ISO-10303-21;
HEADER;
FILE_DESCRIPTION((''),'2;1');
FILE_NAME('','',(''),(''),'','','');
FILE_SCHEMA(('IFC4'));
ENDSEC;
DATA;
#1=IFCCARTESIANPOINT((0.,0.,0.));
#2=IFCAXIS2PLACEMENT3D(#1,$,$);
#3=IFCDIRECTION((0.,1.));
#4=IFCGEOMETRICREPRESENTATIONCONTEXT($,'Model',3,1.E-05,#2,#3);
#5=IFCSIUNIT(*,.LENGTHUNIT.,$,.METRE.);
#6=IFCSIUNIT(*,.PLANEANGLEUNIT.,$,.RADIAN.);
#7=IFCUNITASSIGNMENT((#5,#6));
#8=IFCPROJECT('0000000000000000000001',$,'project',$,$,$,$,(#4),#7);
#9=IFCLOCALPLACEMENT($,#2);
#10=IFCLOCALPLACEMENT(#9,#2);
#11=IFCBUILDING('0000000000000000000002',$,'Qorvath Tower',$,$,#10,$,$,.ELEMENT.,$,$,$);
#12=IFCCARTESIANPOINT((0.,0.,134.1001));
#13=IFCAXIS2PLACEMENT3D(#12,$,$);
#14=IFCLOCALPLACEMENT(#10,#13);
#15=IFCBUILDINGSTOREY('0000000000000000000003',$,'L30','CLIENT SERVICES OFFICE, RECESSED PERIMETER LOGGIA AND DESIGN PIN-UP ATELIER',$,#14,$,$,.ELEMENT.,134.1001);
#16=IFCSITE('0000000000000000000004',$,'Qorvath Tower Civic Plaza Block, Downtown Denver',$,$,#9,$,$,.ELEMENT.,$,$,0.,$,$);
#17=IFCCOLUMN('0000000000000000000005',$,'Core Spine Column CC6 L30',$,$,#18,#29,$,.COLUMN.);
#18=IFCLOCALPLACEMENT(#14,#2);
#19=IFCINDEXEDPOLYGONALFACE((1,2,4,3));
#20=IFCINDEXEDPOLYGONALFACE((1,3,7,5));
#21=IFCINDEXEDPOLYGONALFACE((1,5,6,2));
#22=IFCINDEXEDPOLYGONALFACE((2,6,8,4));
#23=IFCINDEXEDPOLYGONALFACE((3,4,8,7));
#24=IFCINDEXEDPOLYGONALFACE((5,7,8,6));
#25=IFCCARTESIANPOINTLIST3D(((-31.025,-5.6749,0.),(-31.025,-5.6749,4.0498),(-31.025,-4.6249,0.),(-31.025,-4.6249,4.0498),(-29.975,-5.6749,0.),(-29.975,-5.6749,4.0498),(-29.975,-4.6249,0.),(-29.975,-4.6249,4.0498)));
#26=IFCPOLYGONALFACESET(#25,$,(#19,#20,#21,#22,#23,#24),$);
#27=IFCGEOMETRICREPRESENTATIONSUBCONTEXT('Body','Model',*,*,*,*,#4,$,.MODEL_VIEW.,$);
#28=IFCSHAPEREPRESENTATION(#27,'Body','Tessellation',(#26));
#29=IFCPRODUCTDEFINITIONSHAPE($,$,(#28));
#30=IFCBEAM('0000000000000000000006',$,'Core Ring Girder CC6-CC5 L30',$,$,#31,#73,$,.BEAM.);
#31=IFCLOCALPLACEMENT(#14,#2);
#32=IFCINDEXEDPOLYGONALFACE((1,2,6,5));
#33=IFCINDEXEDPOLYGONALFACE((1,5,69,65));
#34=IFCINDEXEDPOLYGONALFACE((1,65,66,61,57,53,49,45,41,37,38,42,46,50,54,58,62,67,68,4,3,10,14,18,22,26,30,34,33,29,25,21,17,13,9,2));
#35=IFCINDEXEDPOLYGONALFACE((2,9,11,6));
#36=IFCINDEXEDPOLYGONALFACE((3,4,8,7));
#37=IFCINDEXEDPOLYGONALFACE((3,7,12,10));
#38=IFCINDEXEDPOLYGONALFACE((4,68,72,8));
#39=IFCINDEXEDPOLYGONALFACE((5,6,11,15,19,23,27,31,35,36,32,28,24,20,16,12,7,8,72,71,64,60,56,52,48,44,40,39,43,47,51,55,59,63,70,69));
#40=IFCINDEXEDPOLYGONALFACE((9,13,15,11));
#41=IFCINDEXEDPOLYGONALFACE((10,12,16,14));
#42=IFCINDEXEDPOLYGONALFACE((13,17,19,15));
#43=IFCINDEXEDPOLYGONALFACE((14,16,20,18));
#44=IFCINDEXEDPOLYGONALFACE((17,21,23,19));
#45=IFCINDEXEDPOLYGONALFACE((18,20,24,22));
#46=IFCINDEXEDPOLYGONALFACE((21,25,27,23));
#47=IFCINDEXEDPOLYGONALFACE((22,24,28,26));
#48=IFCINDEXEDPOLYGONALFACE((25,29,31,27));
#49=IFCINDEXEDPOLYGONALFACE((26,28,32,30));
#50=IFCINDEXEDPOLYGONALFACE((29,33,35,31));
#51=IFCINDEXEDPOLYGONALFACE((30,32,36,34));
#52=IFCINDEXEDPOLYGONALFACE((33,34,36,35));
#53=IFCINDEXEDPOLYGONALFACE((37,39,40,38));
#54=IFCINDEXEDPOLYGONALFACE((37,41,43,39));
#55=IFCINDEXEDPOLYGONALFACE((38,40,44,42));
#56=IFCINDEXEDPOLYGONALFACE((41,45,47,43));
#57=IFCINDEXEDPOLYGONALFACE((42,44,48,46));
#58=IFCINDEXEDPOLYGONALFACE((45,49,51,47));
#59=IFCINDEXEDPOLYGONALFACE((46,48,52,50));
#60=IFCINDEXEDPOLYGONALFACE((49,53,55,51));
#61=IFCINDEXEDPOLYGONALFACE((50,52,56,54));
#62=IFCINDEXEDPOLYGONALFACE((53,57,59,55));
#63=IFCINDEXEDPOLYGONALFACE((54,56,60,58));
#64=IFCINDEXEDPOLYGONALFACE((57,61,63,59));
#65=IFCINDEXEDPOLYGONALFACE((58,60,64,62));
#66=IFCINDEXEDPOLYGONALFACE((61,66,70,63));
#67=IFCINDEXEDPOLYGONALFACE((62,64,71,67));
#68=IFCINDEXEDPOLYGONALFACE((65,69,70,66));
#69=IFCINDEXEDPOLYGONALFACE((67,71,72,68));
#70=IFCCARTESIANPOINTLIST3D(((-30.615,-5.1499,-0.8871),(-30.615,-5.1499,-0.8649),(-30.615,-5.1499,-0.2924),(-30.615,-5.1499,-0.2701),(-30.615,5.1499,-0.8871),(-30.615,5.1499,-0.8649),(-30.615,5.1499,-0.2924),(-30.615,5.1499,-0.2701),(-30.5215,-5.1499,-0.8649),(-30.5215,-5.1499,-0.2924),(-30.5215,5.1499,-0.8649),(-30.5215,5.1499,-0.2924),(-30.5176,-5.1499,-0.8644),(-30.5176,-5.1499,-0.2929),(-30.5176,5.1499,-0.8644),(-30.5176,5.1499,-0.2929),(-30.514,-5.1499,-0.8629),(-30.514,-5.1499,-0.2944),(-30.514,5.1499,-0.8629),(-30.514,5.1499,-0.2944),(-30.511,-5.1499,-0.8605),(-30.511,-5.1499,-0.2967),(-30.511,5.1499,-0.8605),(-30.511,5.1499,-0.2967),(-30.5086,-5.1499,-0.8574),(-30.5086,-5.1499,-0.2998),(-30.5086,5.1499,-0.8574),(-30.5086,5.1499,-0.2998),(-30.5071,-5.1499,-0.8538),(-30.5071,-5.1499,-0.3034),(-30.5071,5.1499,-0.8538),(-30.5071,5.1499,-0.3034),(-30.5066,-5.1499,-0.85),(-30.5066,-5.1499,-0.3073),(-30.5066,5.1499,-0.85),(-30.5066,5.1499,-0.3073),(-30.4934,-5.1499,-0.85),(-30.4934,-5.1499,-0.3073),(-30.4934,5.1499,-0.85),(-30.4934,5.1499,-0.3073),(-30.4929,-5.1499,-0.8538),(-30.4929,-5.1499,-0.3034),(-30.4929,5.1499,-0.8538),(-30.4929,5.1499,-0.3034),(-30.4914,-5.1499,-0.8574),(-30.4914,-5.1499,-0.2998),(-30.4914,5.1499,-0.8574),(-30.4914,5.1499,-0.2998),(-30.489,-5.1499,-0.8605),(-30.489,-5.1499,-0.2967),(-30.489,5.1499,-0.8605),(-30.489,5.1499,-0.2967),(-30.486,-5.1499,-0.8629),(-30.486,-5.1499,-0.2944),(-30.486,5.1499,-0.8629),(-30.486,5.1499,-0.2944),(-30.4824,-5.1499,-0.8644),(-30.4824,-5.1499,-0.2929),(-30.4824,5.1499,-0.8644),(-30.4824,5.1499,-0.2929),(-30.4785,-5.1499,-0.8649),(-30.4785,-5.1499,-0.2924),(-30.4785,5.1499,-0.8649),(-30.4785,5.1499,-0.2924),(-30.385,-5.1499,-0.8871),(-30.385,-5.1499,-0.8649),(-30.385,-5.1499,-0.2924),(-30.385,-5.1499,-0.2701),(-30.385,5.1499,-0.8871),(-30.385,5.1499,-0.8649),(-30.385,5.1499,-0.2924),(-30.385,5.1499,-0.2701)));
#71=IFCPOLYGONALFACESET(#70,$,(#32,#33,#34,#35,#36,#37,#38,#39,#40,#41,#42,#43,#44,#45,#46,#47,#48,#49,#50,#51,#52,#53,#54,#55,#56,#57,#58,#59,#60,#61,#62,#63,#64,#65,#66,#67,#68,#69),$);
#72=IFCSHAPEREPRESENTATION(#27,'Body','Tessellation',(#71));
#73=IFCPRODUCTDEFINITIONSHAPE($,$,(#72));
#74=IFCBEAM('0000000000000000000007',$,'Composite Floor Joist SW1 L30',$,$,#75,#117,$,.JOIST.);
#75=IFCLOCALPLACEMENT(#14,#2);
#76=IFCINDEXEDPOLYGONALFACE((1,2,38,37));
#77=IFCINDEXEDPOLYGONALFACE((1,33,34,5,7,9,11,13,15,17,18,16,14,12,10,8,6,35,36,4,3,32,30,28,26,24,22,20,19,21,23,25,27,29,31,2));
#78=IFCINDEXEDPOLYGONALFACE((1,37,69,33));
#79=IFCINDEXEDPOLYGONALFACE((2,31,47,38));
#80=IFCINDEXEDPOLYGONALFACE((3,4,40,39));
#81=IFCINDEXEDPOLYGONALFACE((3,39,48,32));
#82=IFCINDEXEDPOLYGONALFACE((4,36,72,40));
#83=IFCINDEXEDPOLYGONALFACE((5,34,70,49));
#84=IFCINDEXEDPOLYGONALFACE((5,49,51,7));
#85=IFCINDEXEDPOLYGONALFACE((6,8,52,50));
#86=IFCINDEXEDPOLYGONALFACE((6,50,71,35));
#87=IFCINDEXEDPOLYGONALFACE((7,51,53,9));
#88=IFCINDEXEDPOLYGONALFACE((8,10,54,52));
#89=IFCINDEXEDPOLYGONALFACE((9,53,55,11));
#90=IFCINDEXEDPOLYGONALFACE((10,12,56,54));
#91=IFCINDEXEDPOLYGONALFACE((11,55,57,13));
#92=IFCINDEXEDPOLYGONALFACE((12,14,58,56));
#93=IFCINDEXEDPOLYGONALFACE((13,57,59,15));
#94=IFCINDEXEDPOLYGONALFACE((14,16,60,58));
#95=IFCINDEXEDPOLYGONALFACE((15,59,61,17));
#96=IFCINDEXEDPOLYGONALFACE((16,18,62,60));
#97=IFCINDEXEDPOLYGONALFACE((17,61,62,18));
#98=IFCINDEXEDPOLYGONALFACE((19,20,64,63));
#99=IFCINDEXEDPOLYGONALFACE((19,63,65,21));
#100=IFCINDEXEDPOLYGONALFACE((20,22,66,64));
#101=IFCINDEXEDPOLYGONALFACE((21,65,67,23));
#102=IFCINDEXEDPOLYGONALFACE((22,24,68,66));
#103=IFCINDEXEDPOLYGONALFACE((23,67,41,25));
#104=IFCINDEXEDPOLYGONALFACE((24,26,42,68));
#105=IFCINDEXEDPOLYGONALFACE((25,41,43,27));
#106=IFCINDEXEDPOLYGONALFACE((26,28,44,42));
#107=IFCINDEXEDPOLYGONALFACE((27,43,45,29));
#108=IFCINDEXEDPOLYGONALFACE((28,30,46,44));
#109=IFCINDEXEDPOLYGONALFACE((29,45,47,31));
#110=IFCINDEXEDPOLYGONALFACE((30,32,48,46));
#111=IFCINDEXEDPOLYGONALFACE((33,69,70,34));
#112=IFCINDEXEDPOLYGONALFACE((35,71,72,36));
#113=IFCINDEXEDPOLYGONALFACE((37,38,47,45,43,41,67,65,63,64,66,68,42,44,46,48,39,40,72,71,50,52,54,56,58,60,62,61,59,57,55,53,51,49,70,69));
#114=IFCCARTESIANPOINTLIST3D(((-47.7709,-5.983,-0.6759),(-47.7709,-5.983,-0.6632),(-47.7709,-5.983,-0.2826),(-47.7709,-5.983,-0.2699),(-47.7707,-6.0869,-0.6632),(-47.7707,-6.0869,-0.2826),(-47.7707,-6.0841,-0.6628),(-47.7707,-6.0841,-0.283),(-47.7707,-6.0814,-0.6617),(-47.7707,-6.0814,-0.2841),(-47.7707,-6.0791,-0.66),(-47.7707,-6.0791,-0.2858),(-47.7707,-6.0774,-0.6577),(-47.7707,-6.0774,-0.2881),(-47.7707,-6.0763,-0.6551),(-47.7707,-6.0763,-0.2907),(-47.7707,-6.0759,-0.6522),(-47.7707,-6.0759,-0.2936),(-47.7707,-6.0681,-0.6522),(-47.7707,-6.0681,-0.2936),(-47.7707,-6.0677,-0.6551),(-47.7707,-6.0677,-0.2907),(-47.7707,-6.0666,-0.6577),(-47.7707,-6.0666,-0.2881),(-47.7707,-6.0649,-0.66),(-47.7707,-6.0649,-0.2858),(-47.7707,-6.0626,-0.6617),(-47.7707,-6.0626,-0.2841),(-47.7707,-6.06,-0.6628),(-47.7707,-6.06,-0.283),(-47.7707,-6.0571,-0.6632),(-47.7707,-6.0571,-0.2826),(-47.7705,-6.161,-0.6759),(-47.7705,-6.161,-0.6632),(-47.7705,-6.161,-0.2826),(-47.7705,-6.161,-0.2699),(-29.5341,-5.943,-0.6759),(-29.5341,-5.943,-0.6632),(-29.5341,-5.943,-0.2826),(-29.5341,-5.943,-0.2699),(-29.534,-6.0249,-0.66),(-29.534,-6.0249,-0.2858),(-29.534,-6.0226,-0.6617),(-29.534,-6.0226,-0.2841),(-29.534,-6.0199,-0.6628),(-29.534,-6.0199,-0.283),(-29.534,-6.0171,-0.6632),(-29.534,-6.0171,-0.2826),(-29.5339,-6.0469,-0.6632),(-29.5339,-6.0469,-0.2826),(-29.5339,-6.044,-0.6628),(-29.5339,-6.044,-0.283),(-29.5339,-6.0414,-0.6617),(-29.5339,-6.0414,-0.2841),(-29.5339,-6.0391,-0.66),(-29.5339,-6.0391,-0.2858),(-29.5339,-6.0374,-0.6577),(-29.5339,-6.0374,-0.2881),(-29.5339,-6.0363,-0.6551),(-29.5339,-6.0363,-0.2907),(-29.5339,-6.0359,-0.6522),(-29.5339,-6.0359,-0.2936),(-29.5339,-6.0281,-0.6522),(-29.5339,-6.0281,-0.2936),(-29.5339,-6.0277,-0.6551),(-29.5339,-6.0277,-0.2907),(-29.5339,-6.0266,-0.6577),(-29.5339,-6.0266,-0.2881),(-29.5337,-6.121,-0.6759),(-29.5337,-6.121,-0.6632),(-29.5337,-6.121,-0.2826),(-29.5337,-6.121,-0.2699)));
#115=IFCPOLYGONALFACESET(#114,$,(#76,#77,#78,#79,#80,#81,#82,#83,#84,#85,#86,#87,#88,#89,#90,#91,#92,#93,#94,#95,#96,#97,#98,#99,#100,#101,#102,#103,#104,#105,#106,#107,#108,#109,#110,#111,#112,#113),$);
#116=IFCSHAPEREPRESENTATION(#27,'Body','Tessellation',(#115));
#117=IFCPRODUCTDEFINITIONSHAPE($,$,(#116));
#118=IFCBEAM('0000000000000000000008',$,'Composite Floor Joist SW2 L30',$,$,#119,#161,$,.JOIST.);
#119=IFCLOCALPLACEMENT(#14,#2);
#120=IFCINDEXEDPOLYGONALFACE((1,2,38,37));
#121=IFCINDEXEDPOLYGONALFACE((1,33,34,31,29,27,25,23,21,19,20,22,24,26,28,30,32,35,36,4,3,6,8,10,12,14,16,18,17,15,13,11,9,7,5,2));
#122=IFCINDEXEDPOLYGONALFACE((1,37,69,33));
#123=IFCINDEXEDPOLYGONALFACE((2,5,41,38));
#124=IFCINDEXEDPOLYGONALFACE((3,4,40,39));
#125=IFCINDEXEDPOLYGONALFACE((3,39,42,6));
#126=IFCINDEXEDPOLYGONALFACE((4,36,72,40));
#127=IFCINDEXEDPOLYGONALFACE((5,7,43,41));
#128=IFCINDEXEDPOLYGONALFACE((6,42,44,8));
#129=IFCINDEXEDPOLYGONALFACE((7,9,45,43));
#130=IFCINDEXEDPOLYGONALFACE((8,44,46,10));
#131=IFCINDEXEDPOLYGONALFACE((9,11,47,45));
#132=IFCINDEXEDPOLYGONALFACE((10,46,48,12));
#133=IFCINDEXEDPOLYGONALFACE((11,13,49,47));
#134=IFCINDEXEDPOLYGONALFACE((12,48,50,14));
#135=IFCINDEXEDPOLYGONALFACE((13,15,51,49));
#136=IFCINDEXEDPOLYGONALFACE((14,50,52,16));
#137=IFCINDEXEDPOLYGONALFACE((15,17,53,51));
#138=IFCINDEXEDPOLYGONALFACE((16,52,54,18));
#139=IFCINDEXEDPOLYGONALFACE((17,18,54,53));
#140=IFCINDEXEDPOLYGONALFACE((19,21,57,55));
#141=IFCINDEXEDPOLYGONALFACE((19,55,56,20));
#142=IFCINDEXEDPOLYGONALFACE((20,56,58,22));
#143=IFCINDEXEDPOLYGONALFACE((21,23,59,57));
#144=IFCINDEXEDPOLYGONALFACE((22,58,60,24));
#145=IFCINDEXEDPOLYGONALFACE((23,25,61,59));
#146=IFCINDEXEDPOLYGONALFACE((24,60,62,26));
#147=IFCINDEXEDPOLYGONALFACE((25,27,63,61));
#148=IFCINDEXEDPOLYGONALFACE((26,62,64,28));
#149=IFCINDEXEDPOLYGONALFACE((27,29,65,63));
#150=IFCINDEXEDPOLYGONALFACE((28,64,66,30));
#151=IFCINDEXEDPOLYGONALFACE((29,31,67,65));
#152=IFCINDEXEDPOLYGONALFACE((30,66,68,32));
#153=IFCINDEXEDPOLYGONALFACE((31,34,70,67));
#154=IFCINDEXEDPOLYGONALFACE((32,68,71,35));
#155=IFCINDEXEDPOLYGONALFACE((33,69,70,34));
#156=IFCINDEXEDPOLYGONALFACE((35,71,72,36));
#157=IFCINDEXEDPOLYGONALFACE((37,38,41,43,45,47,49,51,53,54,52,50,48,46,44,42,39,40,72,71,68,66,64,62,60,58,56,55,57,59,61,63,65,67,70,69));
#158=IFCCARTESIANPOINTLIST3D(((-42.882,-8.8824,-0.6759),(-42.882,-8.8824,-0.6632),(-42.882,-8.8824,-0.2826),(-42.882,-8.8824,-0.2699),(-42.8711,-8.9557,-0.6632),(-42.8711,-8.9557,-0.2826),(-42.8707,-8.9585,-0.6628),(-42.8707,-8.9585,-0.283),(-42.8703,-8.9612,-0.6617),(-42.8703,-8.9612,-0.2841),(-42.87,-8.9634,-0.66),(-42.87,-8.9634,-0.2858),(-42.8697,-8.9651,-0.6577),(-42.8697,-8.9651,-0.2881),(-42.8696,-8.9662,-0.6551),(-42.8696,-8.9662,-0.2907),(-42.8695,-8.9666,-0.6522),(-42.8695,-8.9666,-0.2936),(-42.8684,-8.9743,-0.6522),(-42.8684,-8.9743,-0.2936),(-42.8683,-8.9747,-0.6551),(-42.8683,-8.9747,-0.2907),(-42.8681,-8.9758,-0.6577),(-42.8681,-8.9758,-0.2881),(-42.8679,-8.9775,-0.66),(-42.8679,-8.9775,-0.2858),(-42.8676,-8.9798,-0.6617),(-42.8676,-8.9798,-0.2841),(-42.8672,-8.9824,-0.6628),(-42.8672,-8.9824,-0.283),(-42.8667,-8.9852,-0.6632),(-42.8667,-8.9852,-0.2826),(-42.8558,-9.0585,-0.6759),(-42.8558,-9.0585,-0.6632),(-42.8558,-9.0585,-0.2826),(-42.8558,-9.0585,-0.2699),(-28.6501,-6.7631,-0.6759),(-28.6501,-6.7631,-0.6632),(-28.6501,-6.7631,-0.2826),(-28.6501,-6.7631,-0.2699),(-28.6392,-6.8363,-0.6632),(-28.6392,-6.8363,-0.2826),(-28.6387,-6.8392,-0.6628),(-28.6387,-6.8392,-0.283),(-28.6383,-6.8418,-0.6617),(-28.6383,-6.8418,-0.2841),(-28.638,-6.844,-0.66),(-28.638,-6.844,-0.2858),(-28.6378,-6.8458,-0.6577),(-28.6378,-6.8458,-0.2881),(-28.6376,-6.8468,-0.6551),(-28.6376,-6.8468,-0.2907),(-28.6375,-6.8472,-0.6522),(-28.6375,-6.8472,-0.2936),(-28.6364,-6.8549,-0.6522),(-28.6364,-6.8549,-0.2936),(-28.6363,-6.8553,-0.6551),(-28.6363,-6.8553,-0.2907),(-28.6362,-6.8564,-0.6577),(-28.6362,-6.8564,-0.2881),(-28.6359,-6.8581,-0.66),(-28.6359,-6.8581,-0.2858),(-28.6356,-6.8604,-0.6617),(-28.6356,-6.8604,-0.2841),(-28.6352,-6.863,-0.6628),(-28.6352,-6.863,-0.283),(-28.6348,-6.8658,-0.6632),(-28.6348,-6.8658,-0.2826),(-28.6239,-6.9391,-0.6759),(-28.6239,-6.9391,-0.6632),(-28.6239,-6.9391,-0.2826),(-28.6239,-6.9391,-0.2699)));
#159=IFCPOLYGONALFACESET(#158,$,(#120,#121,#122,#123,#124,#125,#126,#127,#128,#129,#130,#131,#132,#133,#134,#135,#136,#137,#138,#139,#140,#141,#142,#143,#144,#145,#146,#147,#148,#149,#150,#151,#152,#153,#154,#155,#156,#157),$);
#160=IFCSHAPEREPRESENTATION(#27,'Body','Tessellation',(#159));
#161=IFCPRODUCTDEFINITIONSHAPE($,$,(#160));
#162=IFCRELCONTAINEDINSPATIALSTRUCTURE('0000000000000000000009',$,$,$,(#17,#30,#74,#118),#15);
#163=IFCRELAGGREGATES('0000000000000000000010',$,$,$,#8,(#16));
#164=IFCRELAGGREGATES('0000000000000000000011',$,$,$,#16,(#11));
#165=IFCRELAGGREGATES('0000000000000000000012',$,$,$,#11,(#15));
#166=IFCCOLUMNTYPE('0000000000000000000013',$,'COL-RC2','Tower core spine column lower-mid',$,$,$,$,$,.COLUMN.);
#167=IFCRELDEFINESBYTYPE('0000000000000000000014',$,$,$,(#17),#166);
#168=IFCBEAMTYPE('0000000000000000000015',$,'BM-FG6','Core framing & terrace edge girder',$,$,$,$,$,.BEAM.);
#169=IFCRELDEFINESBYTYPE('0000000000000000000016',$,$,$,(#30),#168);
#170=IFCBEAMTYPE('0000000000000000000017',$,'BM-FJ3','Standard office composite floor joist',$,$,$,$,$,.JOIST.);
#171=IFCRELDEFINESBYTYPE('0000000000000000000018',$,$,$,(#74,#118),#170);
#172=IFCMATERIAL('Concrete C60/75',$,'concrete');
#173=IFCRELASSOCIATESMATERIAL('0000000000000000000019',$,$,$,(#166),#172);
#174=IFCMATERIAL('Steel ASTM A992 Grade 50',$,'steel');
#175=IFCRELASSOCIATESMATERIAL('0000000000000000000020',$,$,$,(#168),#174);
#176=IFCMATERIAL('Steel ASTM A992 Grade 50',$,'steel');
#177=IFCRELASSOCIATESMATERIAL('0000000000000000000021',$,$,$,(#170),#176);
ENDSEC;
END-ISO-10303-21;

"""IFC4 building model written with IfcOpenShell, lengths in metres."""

from ifc_helpers import new_model, si_unit, direction, frame, origin, origin_2d, place, context, subcontext, project, spatial, rectangle, i_section, extrude, material, material_profile, profile_set, type_object, element, save


model = new_model("IFC4")

# Units and contexts
model_context = context("Model", 3, precision=1e-05, world=origin(), true_north=direction((0.0, 1.0)))
body_context = subcontext(model_context, "Body", "Model", "MODEL_VIEW")
ifc_project = project(units=[si_unit("LENGTHUNIT", "METRE"), si_unit("PLANEANGLEUNIT", "RADIAN")], contexts=[model_context])

# Site, building, storey
site_placement = place(None, origin())
site = spatial("IfcSite", under=ifc_project, at=site_placement, Name="Qorvath Tower Civic Plaza Block, Downtown Denver", CompositionType="ELEMENT", RefElevation=0.0)
building_placement = place(site_placement, origin())
building = spatial("IfcBuilding", under=site, at=building_placement, Name="Qorvath Tower", CompositionType="ELEMENT")
storey_placement = place(building_placement, frame((0.0, 0.0, 134.1001)))
storey = spatial("IfcBuildingStorey", under=building, at=storey_placement, Name="L30", Description="CLIENT SERVICES OFFICE, RECESSED PERIMETER LOGGIA AND DESIGN PIN-UP ATELIER", CompositionType="ELEMENT", Elevation=134.1001)

# Column
ifc_material_1 = material(Name="Concrete C60/75", Category="concrete")
ifc_material_profile_1 = material_profile(ifc_material_1, rectangle(XDim=1.05, YDim=1.05, at=origin_2d()), Name="RC 1050x1050")
ifc_profile_set_1 = profile_set([ifc_material_profile_1], Name="Concrete C60/75")
column_type = type_object("IfcColumnType", Name="COL-RC2", Description="Tower core spine column lower-mid", PredefinedType="COLUMN", material=ifc_profile_set_1)
column_placement = place(storey_placement, frame((-30.5, -5.1499, 0.0), z_axis=(0.0, 0.0, 1.0), x_axis=(1.0, 0.0, 0.0)))
element("IfcColumn", 1, at=column_placement, inside=storey, type_object=column_type, Name="Core Spine Column CC6 L30", PredefinedType="COLUMN", context=body_context, shape_type="SweptSolid", body=[
    extrude(rectangle(XDim=1.05, YDim=1.05, at=origin_2d()), origin(), (0.0, 0.0, 1.0), 4.0498),
])

# Beams
ifc_material_2 = material(Name="Steel ASTM A992 Grade 50", Category="steel")
ifc_material_profile_2 = material_profile(ifc_material_2, i_section(OverallWidth=0.23, OverallDepth=0.6169, WebThickness=0.0132, FlangeThickness=0.0222, FilletRadius=0.0149, at=origin_2d()), Name="W24x94")
ifc_profile_set_2 = profile_set([ifc_material_profile_2], Name="Steel ASTM A992 Grade 50")
beam_type_1 = type_object("IfcBeamType", Name="BM-FG6", Description="Core framing & terrace edge girder", PredefinedType="BEAM", material=ifc_profile_set_2)
beam_1_placement = place(storey_placement, frame((-30.5, -5.1499, -0.5786), z_axis=(0.0, 1.0, 0.0), x_axis=(-1.0, 0.0, 0.0)))
element("IfcBeam", 2, at=beam_1_placement, inside=storey, type_object=beam_type_1, Name="Core Ring Girder CC6-CC5 L30", PredefinedType="BEAM", context=body_context, shape_type="SweptSolid", body=[
    extrude(i_section(OverallWidth=0.23, OverallDepth=0.6169, WebThickness=0.0132, FlangeThickness=0.0222, FilletRadius=0.0149, at=origin_2d()), origin(), (0.0, 0.0, 1.0), 10.2998),
])
ifc_material_3 = material(Name="Steel ASTM A992 Grade 50", Category="steel")
ifc_material_profile_3 = material_profile(ifc_material_3, i_section(OverallWidth=0.178, OverallDepth=0.406, WebThickness=0.0078, FlangeThickness=0.0127, FilletRadius=0.011, at=origin_2d()), Name="W16x40")
ifc_profile_set_3 = profile_set([ifc_material_profile_3], Name="Steel ASTM A992 Grade 50")
beam_type_2 = type_object("IfcBeamType", Name="BM-FJ3", Description="Standard office composite floor joist", PredefinedType="JOIST", material=ifc_profile_set_3)
beam_2_placement = place(storey_placement, frame((-29.5339, -6.032, -0.4729), z_axis=(-0.999998, -0.002196, 0.0), x_axis=(0.002196, -0.999998, 0.0)))
element("IfcBeam", 3, at=beam_2_placement, inside=storey, type_object=beam_type_2, Name="Composite Floor Joist SW1 L30", PredefinedType="JOIST", context=body_context, shape_type="SweptSolid", body=[
    extrude(i_section(OverallWidth=0.178, OverallDepth=0.406, WebThickness=0.0078, FlangeThickness=0.0127, FilletRadius=0.011, at=origin_2d()), origin(), (0.0, 0.0, 1.0), 18.2368),
])
beam_3_placement = place(storey_placement, frame((-28.637, -6.8511, -0.4729), z_axis=(-0.989093, -0.147293, 0.0), x_axis=(0.147293, -0.989093, 0.0)))
element("IfcBeam", 4, at=beam_3_placement, inside=storey, type_object=beam_type_2, Name="Composite Floor Joist SW2 L30", PredefinedType="JOIST", context=body_context, shape_type="SweptSolid", body=[
    extrude(i_section(OverallWidth=0.178, OverallDepth=0.406, WebThickness=0.0078, FlangeThickness=0.0127, FilletRadius=0.011, at=origin_2d()), origin(), (0.0, 0.0, 1.0), 14.3889),
])

save(model, "model.ifc")
